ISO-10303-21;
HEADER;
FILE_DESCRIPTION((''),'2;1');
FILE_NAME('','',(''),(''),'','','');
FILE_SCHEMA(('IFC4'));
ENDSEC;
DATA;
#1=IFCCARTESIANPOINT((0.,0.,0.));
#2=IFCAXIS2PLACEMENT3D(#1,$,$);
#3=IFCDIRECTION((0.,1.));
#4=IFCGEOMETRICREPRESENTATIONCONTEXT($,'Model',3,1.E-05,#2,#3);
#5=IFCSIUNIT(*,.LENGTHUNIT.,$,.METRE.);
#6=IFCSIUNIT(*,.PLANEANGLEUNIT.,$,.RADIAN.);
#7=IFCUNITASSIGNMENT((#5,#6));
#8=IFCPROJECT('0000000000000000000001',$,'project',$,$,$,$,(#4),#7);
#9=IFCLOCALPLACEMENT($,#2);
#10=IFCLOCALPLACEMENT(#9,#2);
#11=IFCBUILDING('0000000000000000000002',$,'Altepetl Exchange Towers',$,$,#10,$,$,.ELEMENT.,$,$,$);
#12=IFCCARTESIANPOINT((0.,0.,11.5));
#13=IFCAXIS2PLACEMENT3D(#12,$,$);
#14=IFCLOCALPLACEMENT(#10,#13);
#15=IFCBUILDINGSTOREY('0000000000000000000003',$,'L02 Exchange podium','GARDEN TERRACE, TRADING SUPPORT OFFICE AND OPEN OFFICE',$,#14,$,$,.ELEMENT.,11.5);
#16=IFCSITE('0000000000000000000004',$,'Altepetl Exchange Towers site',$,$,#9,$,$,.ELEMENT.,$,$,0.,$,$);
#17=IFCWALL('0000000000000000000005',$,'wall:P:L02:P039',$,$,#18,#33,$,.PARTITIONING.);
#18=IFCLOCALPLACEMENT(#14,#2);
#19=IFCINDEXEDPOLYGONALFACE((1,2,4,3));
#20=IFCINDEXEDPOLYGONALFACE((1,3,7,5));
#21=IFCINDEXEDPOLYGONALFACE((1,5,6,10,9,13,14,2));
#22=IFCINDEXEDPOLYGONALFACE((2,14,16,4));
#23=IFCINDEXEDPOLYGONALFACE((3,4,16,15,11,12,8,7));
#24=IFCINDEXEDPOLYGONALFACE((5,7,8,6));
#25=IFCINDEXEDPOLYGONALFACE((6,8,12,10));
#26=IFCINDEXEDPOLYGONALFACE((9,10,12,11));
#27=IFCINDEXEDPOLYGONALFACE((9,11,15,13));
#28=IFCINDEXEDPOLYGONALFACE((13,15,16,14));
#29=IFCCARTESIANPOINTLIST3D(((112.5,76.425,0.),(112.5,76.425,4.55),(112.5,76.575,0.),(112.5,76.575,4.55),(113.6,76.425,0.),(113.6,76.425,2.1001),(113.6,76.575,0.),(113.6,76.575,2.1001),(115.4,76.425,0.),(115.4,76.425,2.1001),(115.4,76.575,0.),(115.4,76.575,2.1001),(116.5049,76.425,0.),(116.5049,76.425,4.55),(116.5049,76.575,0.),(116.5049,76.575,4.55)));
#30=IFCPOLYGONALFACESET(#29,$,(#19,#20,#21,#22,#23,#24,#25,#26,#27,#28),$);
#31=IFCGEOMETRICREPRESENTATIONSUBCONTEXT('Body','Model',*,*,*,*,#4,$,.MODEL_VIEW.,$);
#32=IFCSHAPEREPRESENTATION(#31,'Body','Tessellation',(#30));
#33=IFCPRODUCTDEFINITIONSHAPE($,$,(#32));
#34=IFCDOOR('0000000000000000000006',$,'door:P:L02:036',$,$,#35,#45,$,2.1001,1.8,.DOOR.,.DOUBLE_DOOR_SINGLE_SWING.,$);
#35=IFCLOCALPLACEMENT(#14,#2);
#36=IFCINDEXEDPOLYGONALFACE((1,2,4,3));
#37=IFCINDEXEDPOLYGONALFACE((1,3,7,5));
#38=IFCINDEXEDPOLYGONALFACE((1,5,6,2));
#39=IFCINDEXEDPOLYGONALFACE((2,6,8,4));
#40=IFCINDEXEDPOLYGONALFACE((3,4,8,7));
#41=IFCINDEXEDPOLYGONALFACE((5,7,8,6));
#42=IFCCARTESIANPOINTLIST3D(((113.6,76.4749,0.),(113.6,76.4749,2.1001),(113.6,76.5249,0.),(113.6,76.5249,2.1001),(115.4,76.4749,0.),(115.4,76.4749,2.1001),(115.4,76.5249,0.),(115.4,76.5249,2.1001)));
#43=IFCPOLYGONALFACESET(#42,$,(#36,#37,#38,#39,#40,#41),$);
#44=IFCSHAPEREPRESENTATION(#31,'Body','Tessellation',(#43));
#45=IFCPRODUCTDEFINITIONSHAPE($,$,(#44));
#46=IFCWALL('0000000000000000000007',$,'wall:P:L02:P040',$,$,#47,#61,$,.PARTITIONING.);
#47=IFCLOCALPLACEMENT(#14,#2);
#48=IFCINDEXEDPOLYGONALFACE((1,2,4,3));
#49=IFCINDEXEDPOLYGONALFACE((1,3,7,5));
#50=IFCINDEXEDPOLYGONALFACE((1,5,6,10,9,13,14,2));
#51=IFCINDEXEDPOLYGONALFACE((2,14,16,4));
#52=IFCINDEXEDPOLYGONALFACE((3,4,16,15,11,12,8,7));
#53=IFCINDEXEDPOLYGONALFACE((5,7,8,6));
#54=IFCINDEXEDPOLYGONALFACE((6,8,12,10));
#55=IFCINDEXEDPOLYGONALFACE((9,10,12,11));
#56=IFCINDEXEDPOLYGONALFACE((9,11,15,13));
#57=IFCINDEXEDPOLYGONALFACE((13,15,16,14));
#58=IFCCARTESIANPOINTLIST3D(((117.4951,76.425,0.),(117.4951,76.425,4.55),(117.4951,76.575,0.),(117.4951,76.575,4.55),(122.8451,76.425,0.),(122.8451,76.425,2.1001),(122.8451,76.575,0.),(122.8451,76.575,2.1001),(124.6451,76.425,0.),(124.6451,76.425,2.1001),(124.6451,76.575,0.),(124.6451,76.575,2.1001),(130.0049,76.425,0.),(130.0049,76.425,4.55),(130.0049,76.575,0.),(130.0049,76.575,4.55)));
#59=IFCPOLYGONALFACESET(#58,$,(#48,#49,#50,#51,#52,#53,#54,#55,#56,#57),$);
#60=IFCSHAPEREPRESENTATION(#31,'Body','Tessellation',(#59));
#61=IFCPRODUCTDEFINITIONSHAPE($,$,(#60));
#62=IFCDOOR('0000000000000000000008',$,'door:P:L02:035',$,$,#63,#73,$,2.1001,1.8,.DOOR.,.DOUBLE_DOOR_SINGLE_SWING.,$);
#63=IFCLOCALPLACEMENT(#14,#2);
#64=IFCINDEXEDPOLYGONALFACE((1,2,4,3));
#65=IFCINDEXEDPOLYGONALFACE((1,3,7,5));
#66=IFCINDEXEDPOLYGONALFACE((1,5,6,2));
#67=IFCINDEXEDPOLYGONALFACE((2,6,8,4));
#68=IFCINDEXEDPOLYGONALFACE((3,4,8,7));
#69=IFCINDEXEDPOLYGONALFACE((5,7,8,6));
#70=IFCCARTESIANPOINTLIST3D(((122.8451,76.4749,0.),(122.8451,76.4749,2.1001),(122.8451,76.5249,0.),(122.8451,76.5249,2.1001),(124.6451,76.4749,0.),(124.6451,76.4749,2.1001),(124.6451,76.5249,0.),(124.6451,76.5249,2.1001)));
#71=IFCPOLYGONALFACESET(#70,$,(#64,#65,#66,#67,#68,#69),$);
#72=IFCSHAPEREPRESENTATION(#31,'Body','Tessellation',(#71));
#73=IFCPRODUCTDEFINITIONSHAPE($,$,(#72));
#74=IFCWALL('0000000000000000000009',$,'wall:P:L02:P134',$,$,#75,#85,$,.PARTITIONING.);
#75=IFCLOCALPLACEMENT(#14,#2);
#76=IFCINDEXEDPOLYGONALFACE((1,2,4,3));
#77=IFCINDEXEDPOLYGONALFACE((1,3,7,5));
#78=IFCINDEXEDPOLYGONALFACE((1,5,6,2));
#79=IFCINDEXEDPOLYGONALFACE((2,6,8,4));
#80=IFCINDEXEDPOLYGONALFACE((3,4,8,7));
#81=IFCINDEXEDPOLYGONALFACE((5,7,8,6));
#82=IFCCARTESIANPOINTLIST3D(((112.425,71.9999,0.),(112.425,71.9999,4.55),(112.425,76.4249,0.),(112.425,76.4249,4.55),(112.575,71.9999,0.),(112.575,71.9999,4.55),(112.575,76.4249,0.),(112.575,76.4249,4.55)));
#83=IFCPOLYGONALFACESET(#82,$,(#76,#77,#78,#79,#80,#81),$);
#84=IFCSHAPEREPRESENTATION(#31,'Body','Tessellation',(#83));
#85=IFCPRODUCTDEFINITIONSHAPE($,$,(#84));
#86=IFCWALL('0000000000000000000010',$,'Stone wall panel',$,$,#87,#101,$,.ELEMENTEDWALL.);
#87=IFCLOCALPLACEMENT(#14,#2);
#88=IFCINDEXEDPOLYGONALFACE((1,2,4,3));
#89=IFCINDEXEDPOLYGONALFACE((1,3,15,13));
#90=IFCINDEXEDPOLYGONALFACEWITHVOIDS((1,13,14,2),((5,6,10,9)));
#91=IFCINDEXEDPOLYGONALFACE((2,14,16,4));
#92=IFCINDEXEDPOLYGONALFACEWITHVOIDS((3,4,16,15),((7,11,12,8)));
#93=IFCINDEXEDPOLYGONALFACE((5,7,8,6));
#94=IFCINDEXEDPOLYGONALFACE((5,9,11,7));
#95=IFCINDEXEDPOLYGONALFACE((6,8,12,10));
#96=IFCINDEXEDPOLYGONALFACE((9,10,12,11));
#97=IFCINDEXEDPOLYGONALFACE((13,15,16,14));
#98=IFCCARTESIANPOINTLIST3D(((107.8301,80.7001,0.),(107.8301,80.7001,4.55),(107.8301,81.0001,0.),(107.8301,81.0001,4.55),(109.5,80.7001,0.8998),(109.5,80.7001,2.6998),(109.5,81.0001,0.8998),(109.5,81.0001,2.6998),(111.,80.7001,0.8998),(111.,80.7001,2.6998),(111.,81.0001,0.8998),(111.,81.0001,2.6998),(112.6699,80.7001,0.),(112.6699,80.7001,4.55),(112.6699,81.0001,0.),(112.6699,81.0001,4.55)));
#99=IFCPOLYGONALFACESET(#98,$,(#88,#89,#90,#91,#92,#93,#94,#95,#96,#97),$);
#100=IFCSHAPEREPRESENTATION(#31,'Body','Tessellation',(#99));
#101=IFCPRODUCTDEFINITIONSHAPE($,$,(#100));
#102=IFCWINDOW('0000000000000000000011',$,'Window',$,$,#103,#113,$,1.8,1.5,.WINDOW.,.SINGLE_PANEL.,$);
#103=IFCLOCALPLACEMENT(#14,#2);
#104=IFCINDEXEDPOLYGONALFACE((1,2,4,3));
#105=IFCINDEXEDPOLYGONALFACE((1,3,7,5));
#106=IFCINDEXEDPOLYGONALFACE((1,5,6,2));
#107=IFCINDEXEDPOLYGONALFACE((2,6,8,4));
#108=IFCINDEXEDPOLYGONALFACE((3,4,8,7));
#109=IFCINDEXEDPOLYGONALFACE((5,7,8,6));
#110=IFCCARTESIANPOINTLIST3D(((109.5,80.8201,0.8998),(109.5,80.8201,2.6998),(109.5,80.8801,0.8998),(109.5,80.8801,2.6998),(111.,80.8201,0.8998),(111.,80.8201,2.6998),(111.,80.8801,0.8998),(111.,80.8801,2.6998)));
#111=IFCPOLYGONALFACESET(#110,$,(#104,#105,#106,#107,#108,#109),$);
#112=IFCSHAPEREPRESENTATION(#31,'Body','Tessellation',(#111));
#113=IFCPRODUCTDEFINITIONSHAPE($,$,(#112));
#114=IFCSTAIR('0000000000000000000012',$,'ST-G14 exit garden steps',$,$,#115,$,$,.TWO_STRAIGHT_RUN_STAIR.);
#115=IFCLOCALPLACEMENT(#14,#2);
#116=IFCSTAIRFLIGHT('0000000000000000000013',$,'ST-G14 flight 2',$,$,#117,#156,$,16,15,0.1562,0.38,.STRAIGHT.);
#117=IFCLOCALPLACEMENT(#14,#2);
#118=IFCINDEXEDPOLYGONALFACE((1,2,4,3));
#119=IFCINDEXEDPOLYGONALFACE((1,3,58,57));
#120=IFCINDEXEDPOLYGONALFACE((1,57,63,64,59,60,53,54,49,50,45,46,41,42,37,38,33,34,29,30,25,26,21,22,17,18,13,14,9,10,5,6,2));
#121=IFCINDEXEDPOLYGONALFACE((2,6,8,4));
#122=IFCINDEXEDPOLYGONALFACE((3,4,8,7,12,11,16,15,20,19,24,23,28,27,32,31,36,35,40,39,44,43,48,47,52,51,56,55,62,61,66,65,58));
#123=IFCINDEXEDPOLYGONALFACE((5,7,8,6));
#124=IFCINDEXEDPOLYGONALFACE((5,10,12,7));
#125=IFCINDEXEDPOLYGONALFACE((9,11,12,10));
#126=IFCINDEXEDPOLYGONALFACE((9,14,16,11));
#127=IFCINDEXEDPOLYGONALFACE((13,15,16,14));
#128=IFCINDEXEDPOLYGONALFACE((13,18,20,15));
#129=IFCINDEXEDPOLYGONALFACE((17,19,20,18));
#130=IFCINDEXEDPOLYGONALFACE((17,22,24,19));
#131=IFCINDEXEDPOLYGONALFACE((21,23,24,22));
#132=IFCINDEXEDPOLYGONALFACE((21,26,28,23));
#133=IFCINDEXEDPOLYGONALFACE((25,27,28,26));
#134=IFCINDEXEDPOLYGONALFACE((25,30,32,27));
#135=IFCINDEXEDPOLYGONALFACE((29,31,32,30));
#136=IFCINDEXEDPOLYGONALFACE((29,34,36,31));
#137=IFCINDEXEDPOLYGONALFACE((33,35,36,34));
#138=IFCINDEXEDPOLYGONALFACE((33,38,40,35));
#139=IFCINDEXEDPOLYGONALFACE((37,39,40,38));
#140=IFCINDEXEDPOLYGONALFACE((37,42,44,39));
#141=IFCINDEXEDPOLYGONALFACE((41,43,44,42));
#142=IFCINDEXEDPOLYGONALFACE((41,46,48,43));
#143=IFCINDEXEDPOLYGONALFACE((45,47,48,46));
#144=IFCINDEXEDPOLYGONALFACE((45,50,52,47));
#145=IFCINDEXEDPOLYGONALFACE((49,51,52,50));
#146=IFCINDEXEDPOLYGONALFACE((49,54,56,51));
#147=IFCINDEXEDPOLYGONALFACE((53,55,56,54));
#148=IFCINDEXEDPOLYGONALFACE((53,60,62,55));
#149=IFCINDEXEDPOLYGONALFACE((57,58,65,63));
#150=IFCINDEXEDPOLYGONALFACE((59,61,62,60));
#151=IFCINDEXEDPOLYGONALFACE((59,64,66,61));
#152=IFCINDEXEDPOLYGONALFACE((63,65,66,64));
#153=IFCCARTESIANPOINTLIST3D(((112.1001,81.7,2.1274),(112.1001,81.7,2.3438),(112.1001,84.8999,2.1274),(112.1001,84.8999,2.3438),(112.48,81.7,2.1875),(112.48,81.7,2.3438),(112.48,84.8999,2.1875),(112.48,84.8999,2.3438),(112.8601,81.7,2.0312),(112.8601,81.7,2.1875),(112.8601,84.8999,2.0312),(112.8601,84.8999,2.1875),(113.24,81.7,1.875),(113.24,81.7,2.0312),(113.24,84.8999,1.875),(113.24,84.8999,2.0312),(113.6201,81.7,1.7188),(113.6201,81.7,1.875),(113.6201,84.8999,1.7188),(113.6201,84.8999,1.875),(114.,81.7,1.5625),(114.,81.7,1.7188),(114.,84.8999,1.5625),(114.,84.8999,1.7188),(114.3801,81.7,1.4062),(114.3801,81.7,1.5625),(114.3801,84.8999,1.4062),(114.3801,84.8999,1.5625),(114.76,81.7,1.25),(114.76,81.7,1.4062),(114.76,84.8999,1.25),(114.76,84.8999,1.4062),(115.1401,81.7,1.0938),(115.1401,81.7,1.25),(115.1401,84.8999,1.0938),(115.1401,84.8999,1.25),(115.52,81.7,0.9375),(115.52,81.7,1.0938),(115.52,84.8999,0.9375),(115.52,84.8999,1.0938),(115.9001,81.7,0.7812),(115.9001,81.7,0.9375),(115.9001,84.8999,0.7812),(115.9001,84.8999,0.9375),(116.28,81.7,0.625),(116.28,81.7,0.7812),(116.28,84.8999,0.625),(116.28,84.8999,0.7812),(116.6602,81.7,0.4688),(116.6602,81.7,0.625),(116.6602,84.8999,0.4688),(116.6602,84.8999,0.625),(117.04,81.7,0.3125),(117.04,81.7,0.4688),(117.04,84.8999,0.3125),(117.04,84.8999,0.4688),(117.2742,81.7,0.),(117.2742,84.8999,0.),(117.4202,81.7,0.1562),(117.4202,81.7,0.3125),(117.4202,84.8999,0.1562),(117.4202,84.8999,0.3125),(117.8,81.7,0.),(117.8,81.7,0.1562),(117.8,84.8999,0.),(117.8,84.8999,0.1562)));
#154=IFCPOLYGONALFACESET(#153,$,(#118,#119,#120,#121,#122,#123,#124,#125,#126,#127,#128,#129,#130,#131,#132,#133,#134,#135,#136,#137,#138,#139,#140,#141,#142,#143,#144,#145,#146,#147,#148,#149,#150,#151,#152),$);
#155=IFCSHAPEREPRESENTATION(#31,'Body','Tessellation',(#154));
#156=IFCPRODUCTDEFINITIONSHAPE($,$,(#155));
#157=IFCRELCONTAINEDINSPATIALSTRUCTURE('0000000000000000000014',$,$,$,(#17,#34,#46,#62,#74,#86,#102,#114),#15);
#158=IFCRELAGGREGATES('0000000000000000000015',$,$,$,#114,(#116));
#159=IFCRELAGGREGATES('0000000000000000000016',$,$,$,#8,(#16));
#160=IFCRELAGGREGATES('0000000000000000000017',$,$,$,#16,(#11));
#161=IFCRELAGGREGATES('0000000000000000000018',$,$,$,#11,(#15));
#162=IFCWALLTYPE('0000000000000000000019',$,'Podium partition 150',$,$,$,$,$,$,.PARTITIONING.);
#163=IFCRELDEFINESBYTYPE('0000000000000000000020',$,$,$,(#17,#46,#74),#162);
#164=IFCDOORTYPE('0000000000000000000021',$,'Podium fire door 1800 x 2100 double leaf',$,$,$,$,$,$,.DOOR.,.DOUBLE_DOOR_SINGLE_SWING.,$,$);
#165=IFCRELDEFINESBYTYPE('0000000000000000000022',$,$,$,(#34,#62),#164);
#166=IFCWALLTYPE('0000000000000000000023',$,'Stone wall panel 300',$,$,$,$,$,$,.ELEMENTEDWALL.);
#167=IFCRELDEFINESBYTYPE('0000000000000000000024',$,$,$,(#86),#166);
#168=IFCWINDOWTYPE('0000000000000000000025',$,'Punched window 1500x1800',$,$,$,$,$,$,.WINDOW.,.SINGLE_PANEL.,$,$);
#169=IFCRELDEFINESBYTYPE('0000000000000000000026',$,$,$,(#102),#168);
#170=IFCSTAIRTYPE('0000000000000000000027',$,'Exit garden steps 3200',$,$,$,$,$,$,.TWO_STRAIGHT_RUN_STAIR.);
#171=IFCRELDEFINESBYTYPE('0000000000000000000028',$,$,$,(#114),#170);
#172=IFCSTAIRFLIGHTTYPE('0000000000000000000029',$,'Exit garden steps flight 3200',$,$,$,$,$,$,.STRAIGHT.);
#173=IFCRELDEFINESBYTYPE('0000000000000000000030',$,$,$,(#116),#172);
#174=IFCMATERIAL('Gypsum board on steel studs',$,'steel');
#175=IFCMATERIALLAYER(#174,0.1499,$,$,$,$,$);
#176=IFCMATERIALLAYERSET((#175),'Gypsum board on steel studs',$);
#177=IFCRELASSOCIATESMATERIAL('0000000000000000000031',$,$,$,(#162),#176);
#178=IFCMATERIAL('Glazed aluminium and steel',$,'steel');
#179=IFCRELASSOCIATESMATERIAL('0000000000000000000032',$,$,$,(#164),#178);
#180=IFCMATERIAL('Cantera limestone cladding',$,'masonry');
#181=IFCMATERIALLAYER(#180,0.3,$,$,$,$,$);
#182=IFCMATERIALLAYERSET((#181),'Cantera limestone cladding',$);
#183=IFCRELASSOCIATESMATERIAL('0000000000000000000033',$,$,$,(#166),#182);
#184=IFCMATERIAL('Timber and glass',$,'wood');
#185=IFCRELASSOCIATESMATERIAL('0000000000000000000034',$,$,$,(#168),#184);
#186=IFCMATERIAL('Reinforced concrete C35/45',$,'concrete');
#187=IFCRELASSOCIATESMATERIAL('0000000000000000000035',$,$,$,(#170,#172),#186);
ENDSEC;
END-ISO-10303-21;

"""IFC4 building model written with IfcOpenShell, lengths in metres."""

from ifc_helpers import new_model, si_unit, direction, frame, frame_2d, origin, place, context, subcontext, project, spatial, polyline, rectangle, outline, extrude, material, layer, layer_set, type_object, element, fill, aggregate, save


model = new_model("IFC4")

# Units and contexts
model_context = context("Model", 3, precision=1e-05, world=origin(), true_north=direction((0.0, 1.0)))
body_context = subcontext(model_context, "Body", "Model", "MODEL_VIEW")
ifc_project = project(units=[si_unit("LENGTHUNIT", "METRE"), si_unit("PLANEANGLEUNIT", "RADIAN")], contexts=[model_context])

# Site, building, storey
site_placement = place(None, origin())
site = spatial("IfcSite", under=ifc_project, at=site_placement, Name="Altepetl Exchange Towers site", CompositionType="ELEMENT", RefElevation=0.0)
building_placement = place(site_placement, origin())
building = spatial("IfcBuilding", under=site, at=building_placement, Name="Altepetl Exchange Towers", CompositionType="ELEMENT")
storey_placement = place(building_placement, frame((0.0, 0.0, 11.5)))
storey = spatial("IfcBuildingStorey", under=building, at=storey_placement, Name="L02 Exchange podium", Description="GARDEN TERRACE, TRADING SUPPORT OFFICE AND OPEN OFFICE", CompositionType="ELEMENT", Elevation=11.5)

# Shared definitions
ifc_material_1 = material(Name="Reinforced concrete C35/45", Category="concrete")

# Walls, openings, doors
ifc_material_2 = material(Name="Gypsum board on steel studs", Category="steel")
ifc_layer_1 = layer(ifc_material_2, 0.1499)
ifc_layer_set_1 = layer_set([ifc_layer_1], Name="Gypsum board on steel studs")
wall_type_1 = type_object("IfcWallType", Name="Podium partition 150", PredefinedType="PARTITIONING", material=ifc_layer_set_1)
wall_1_placement = place(storey_placement, frame((112.5, 76.5, 0.0)))
wall_1 = element("IfcWall", 1, at=wall_1_placement, inside=storey, type_object=wall_type_1, Name="wall:P:L02:P039", PredefinedType="PARTITIONING", context=body_context, shape_type="SweptSolid", body=[
    extrude(rectangle(XDim=4.0049, YDim=0.1499, at=frame_2d((2.0024, 0.0))), origin(), (0.0, 0.0, 1.0), 4.55),
])
opening_1_placement = place(wall_1_placement, frame((1.1001, 0.0, 0.0)))
opening_1 = element("IfcOpeningElement", 2, at=opening_1_placement, cuts=wall_1, PredefinedType="OPENING", context=body_context, shape_type="SweptSolid", body=[
    extrude(rectangle(XDim=1.8, YDim=2.1001, at=frame_2d((0.8999, 1.05))), frame((0.0, 0.085, 0.0), z_axis=(0.0, -1.0, 0.0), x_axis=(1.0, 0.0, 0.0)), (0.0, 0.0, 1.0), 0.1699),
])
ifc_material_3 = material(Name="Glazed aluminium and steel", Category="steel")
door_type = type_object("IfcDoorType", Name="Podium fire door 1800 x 2100 double leaf", OperationType="DOUBLE_DOOR_SINGLE_SWING", PredefinedType="DOOR", material=ifc_material_3)
door_1_placement = place(opening_1_placement, origin())
door_1 = element("IfcDoor", 3, at=door_1_placement, inside=storey, type_object=door_type, Name="door:P:L02:036", OperationType="DOUBLE_DOOR_SINGLE_SWING", OverallHeight=2.1001, OverallWidth=1.8, PredefinedType="DOOR", context=body_context, shape_type="SweptSolid", body=[
    extrude(rectangle(XDim=1.8, YDim=2.1001, at=frame_2d((0.8999, 1.05))), frame((0.0, 0.0249, 0.0), z_axis=(0.0, -1.0, 0.0), x_axis=(1.0, 0.0, 0.0)), (0.0, 0.0, 1.0), 0.05),
])
fill(opening_1, door_1)
wall_2_placement = place(storey_placement, frame((117.4951, 76.5, 0.0)))
wall_2 = element("IfcWall", 4, at=wall_2_placement, inside=storey, type_object=wall_type_1, Name="wall:P:L02:P040", PredefinedType="PARTITIONING", context=body_context, shape_type="SweptSolid", body=[
    extrude(rectangle(XDim=12.5098, YDim=0.1499, at=frame_2d((6.2549, 0.0))), origin(), (0.0, 0.0, 1.0), 4.55),
])
opening_2_placement = place(wall_2_placement, frame((5.3501, 0.0, 0.0)))
opening_2 = element("IfcOpeningElement", 5, at=opening_2_placement, cuts=wall_2, PredefinedType="OPENING", context=body_context, shape_type="SweptSolid", body=[
    extrude(rectangle(XDim=1.8, YDim=2.1001, at=frame_2d((0.8999, 1.05))), frame((0.0, 0.085, 0.0), z_axis=(0.0, -1.0, 0.0), x_axis=(1.0, 0.0, 0.0)), (0.0, 0.0, 1.0), 0.1699),
])
door_2_placement = place(opening_2_placement, origin())
door_2 = element("IfcDoor", 6, at=door_2_placement, inside=storey, type_object=door_type, Name="door:P:L02:035", OperationType="DOUBLE_DOOR_SINGLE_SWING", OverallHeight=2.1001, OverallWidth=1.8, PredefinedType="DOOR", context=body_context, shape_type="SweptSolid", body=[
    extrude(rectangle(XDim=1.8, YDim=2.1001, at=frame_2d((0.8999, 1.05))), frame((0.0, 0.0249, 0.0), z_axis=(0.0, -1.0, 0.0), x_axis=(1.0, 0.0, 0.0)), (0.0, 0.0, 1.0), 0.05),
])
fill(opening_2, door_2)

# Wall
wall_3_placement = place(storey_placement, frame((112.5, 72.0, 0.0), z_axis=(0.0, 0.0, 1.0), x_axis=(0.0, 1.0, 0.0)))
element("IfcWall", 7, at=wall_3_placement, inside=storey, type_object=wall_type_1, Name="wall:P:L02:P134", PredefinedType="PARTITIONING", context=body_context, shape_type="SweptSolid", body=[
    extrude(rectangle(XDim=4.425, YDim=0.1499, at=frame_2d((2.2124, 0.0))), origin(), (0.0, 0.0, 1.0), 4.55),
])

# Wall, opening, window
ifc_material_4 = material(Name="Cantera limestone cladding", Category="masonry")
ifc_layer_2 = layer(ifc_material_4, 0.3)
ifc_layer_set_2 = layer_set([ifc_layer_2], Name="Cantera limestone cladding")
wall_type_2 = type_object("IfcWallType", Name="Stone wall panel 300", PredefinedType="ELEMENTEDWALL", material=ifc_layer_set_2)
wall_4_placement = place(storey_placement, frame((112.6699, 80.8501, 0.0), z_axis=(0.0, 0.0, 1.0), x_axis=(-1.0, 0.0, 0.0)))
wall_4 = element("IfcWall", 8, at=wall_4_placement, inside=storey, type_object=wall_type_2, Name="Stone wall panel", PredefinedType="ELEMENTEDWALL", context=body_context, shape_type="SweptSolid", body=[
    extrude(rectangle(XDim=4.8398, YDim=0.3, at=frame_2d((2.4199, 0.0))), origin(), (0.0, 0.0, 1.0), 4.55),
])
opening_3_placement = place(wall_4_placement, frame((1.6699, 0.0, 0.8999)))
opening_3 = element("IfcOpeningElement", 9, at=opening_3_placement, cuts=wall_4, PredefinedType="OPENING", context=body_context, shape_type="SweptSolid", body=[
    extrude(rectangle(XDim=1.5, YDim=1.8, at=frame_2d((0.75, 0.8999))), frame((0.0, 0.1602, 0.0), z_axis=(0.0, -1.0, 0.0), x_axis=(1.0, 0.0, 0.0)), (0.0, 0.0, 1.0), 0.3201),
])
ifc_material_5 = material(Name="Timber and glass", Category="wood")
window_type = type_object("IfcWindowType", Name="Punched window 1500x1800", PartitioningType="SINGLE_PANEL", PredefinedType="WINDOW", material=ifc_material_5)
window_placement = place(opening_3_placement, origin())
window = element("IfcWindow", 10, at=window_placement, inside=storey, type_object=window_type, Name="Window", OverallHeight=1.8, OverallWidth=1.5, PartitioningType="SINGLE_PANEL", PredefinedType="WINDOW", context=body_context, shape_type="SweptSolid", body=[
    extrude(rectangle(XDim=1.5, YDim=1.8, at=frame_2d((0.75, 0.8999))), frame((0.0, 0.03, 0.0), z_axis=(0.0, -1.0, 0.0), x_axis=(1.0, 0.0, 0.0)), (0.0, 0.0, 1.0), 0.0601),
])
fill(opening_3, window)

# Stair, stair flight
stair_type = type_object("IfcStairType", Name="Exit garden steps 3200", PredefinedType="TWO_STRAIGHT_RUN_STAIR", material=ifc_material_1)
stair_placement = place(storey_placement, origin())
stair = element("IfcStair", 11, at=stair_placement, inside=storey, type_object=stair_type, Name="ST-G14 exit garden steps", PredefinedType="TWO_STRAIGHT_RUN_STAIR")
stair_flight_type = type_object("IfcStairFlightType", Name="Exit garden steps flight 3200", PredefinedType="STRAIGHT", material=ifc_material_1)
stair_flight_placement = place(storey_placement, frame((117.8, 83.3, 0.0), z_axis=(0.0, 0.0, 1.0), x_axis=(-1.0, 0.0, 0.0)))
stair_flight = element("IfcStairFlight", 12, at=stair_flight_placement, type_object=stair_flight_type, Name="ST-G14 flight 2", NumberOfRisers=16, NumberOfTreads=15, PredefinedType="STRAIGHT", RiserHeight=0.1562, TreadLength=0.38, context=body_context, shape_type="SweptSolid", body=[
    extrude(outline(polyline([(0.0, 0.0), (0.0, 0.1562), (0.3799, 0.1562), (0.3799, 0.3125), (0.76, 0.3125), (0.76, 0.4688), (1.1399, 0.4688), (1.1399, 0.625), (1.52, 0.625), (1.52, 0.7812), (1.8999, 0.7812), (1.8999, 0.9375), (2.28, 0.9375), (2.28, 1.0938), (2.6599, 1.0938), (2.6599, 1.25), (3.04, 1.25), (3.04, 1.4062), (3.4199, 1.4062), (3.4199, 1.5625), (3.8, 1.5625), (3.8, 1.7188), (4.1799, 1.7188), (4.1799, 1.875), (4.5601, 1.875), (4.5601, 2.0312), (4.9399, 2.0312), (4.9399, 2.1875), (5.3201, 2.1875), (5.3201, 2.3438), (5.7, 2.3438), (5.7, 2.5), (5.7, 2.1274), (0.5259, 0.0), (0.0, 0.0)])), frame((0.0, 1.6001, 0.0), z_axis=(0.0, -1.0, 0.0), x_axis=(1.0, 0.0, 0.0)), (0.0, 0.0, 1.0), 3.2),
])
aggregate(stair, [stair_flight])

save(model, "model.ifc")
